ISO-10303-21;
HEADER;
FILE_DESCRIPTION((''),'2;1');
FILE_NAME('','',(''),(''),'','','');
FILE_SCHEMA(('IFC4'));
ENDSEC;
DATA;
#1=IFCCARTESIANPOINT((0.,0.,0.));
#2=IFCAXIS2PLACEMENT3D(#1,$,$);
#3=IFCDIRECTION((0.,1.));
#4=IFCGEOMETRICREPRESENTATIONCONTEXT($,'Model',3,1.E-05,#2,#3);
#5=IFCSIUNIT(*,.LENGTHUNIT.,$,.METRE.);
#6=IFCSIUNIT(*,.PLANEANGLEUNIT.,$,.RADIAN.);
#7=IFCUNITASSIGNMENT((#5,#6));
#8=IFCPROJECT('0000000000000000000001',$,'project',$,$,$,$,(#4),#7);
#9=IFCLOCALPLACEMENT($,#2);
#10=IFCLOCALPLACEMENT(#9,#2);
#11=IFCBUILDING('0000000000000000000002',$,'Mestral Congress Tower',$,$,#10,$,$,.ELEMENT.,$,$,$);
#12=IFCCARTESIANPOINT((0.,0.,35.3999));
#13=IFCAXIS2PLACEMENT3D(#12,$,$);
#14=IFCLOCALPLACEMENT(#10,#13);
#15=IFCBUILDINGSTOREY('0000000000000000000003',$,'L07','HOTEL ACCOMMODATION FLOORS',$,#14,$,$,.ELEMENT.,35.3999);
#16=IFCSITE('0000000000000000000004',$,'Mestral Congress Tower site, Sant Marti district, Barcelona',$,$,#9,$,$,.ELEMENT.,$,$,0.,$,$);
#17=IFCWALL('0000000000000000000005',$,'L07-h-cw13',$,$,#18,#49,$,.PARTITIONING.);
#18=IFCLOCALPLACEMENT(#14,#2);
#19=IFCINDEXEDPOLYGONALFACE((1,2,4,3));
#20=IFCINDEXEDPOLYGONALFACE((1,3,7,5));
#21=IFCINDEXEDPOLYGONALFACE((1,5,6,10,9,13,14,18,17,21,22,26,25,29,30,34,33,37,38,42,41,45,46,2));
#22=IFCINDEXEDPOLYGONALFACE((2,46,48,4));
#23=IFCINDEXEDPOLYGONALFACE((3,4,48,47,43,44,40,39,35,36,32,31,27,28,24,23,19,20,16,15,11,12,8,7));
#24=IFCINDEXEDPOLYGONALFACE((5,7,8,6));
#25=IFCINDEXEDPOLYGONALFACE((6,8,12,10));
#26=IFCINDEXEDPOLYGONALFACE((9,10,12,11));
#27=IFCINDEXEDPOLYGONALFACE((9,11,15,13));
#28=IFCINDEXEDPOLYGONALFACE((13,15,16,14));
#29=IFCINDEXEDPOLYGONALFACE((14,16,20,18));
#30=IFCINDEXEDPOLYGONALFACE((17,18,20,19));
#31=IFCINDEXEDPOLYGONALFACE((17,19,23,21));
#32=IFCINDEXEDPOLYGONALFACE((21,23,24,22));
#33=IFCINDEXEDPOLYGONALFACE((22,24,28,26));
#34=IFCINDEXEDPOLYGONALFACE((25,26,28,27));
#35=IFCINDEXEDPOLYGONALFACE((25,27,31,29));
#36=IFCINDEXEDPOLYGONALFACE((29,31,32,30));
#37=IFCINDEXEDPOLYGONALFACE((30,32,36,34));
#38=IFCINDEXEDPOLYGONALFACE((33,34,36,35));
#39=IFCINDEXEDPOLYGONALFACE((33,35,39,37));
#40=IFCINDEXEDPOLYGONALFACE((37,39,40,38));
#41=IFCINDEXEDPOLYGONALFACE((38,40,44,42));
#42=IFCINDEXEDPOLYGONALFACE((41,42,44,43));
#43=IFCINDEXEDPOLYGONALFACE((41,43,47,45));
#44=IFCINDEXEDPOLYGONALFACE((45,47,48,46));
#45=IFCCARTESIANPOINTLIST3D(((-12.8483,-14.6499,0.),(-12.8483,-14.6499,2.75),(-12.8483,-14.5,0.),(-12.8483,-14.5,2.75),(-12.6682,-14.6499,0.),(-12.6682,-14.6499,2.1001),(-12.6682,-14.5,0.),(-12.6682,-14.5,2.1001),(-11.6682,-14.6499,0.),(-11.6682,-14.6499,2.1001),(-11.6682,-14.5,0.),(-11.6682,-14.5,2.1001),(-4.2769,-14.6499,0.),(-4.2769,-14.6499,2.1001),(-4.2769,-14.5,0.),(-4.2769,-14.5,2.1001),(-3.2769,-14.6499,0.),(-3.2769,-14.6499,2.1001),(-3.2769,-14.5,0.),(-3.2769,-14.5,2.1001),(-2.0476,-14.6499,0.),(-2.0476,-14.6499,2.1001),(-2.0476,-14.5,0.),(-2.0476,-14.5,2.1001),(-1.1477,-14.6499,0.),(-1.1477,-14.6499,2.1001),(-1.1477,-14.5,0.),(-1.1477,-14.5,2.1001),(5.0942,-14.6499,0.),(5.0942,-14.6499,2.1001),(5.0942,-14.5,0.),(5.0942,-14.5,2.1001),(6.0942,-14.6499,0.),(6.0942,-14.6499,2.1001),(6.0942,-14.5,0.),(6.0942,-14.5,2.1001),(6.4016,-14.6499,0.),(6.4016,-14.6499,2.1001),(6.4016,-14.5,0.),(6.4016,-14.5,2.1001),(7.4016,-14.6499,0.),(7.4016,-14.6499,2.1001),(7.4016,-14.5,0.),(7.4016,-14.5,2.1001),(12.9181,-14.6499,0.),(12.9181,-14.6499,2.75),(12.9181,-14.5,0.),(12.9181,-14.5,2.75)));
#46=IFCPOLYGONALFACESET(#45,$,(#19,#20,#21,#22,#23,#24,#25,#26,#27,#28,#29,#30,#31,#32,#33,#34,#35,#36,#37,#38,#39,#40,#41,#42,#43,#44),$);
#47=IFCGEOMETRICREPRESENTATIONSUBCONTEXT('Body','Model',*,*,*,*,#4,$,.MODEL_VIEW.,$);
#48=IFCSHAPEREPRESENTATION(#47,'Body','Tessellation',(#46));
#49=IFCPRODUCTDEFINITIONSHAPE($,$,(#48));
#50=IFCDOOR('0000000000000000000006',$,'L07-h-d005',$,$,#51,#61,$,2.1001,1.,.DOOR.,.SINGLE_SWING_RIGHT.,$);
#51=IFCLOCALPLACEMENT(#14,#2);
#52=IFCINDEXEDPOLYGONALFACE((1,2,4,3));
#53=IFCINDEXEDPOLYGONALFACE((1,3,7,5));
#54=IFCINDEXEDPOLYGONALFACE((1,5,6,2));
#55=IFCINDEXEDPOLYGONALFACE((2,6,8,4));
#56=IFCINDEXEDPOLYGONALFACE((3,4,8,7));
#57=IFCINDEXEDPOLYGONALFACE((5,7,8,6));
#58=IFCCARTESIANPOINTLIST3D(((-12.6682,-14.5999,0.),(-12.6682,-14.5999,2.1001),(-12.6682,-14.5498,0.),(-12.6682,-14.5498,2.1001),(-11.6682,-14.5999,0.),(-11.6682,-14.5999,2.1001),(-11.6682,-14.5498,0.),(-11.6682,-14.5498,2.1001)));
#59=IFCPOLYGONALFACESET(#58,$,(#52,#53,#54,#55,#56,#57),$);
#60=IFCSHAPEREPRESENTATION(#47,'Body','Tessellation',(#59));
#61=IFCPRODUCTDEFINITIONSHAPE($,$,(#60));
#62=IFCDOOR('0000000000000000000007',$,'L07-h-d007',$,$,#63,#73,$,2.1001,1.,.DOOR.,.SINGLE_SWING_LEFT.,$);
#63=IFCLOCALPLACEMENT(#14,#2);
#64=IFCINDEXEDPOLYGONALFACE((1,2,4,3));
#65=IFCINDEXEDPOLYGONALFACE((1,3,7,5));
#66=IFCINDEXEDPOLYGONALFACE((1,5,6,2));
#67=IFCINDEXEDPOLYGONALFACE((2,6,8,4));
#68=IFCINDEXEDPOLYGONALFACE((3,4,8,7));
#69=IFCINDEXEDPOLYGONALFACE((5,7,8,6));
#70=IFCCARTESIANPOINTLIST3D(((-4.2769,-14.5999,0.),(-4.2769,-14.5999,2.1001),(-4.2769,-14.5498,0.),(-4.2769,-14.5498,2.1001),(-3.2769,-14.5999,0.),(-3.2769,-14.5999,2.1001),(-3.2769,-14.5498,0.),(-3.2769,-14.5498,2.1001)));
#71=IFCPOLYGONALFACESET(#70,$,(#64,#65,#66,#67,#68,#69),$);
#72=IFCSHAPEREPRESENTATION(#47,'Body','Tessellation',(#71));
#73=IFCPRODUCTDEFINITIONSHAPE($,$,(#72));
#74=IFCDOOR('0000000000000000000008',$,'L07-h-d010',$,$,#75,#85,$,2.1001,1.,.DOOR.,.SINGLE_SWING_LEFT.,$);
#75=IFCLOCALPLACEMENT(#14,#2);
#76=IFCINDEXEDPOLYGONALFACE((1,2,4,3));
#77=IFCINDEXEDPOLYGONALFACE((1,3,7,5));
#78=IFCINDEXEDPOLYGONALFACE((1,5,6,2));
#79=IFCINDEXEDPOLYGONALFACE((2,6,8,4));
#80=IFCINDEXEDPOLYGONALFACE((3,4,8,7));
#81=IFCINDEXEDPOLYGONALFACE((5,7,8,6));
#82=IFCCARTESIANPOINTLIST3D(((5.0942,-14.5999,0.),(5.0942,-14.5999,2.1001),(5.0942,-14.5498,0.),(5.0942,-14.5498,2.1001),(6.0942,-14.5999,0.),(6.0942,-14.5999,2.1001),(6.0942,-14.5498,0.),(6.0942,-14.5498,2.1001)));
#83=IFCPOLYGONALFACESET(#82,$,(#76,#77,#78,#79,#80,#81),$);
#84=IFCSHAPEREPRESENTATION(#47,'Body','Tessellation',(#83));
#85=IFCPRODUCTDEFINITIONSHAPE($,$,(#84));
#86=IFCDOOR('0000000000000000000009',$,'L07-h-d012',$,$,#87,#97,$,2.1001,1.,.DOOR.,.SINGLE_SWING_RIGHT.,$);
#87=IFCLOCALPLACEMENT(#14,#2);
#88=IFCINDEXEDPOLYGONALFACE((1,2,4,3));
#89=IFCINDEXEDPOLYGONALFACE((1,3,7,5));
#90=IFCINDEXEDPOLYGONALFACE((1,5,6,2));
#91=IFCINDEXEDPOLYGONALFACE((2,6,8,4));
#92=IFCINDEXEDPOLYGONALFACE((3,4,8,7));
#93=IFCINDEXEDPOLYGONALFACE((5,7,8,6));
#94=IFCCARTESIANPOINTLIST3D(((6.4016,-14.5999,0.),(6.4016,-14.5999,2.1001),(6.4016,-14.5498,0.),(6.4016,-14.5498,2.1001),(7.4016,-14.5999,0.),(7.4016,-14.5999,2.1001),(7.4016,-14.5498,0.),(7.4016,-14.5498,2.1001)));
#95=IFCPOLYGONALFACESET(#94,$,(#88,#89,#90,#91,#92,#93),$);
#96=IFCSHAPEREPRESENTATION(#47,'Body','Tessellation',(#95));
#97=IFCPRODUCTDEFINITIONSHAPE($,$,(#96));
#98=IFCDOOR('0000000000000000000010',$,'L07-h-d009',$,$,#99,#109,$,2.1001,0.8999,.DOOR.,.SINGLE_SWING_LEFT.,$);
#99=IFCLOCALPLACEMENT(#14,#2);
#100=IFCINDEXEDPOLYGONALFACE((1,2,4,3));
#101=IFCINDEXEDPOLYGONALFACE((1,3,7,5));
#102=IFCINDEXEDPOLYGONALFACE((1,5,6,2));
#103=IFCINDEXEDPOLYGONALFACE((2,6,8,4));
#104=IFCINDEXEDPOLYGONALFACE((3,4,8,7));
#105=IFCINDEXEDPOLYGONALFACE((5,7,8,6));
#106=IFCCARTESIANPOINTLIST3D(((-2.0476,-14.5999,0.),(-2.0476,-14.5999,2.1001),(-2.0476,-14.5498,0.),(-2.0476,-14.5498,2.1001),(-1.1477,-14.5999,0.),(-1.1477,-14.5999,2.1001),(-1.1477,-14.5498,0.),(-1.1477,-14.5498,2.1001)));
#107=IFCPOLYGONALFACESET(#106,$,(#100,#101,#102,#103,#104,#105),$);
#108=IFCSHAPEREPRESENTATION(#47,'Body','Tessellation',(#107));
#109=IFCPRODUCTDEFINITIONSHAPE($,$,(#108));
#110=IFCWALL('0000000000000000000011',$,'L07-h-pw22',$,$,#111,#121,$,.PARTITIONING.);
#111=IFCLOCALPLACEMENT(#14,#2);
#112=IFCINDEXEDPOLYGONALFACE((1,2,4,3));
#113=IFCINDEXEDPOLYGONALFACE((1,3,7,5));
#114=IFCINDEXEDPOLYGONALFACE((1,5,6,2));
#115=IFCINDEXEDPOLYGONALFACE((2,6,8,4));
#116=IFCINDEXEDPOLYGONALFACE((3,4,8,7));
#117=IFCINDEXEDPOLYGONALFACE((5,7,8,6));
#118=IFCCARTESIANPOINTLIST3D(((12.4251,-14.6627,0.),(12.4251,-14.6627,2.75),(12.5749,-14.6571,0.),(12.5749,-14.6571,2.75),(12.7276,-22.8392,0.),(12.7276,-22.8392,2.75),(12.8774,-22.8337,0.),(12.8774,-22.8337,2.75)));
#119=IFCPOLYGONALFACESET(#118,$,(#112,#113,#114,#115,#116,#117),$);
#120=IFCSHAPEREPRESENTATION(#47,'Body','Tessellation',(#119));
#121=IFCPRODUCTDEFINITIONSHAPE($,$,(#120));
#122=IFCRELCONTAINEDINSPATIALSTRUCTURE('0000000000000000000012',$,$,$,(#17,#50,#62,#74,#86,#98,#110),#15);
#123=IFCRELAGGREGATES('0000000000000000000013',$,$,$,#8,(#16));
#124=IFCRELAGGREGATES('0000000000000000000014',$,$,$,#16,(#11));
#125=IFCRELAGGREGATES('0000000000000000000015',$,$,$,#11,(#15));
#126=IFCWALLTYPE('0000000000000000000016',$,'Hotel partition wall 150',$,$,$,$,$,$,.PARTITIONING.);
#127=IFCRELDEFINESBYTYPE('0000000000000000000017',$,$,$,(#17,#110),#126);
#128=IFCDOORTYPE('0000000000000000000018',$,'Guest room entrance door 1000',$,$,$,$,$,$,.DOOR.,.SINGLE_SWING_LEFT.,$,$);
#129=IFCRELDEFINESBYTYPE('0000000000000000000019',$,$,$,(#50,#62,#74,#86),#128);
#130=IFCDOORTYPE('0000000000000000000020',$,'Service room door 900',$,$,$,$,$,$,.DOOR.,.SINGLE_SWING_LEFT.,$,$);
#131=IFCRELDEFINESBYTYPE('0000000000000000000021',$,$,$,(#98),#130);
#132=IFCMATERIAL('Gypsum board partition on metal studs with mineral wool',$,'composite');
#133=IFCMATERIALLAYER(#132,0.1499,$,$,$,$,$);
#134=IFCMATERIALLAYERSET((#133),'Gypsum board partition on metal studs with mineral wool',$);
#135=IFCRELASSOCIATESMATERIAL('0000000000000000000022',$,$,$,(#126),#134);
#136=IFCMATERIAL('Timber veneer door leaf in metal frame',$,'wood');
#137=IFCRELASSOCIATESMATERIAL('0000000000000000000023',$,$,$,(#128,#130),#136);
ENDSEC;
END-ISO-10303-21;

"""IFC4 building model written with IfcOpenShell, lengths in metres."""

from ifc_helpers import new_model, si_unit, direction, frame, frame_2d, origin, place, context, subcontext, project, spatial, rectangle, extrude, material, layer, layer_set, type_object, element, fill, save


model = new_model("IFC4")

# Units and contexts
model_context = context("Model", 3, precision=1e-05, world=origin(), true_north=direction((0.0, 1.0)))
body_context = subcontext(model_context, "Body", "Model", "MODEL_VIEW")
ifc_project = project(units=[si_unit("LENGTHUNIT", "METRE"), si_unit("PLANEANGLEUNIT", "RADIAN")], contexts=[model_context])

# Site, building, storey
site_placement = place(None, origin())
site = spatial("IfcSite", under=ifc_project, at=site_placement, Name="Mestral Congress Tower site, Sant Marti district, Barcelona", CompositionType="ELEMENT", RefElevation=0.0)
building_placement = place(site_placement, origin())
building = spatial("IfcBuilding", under=site, at=building_placement, Name="Mestral Congress Tower", CompositionType="ELEMENT")
storey_placement = place(building_placement, frame((0.0, 0.0, 35.3999)))
storey = spatial("IfcBuildingStorey", under=building, at=storey_placement, Name="L07", Description="HOTEL ACCOMMODATION FLOORS", CompositionType="ELEMENT", Elevation=35.3999)

# Shared definitions
ifc_material_1 = material(Name="Gypsum board partition on metal studs with mineral wool", Category="composite")

# Wall, openings, doors
ifc_layer_1 = layer(ifc_material_1, 0.1499)
ifc_layer_set_1 = layer_set([ifc_layer_1], Name="Gypsum board partition on metal studs with mineral wool")
wall_type_1 = type_object("IfcWallType", Name="Hotel partition wall 150", PredefinedType="PARTITIONING", material=ifc_layer_set_1)
wall_1_placement = place(storey_placement, frame((12.9182, -14.575, 0.0), z_axis=(0.0, 0.0, 1.0), x_axis=(-1.0, 0.0, 0.0)))
wall_1 = element("IfcWall", 1, at=wall_1_placement, inside=storey, type_object=wall_type_1, Name="L07-h-cw13", PredefinedType="PARTITIONING", context=body_context, shape_type="SweptSolid", body=[
    extrude(rectangle(XDim=25.7664, YDim=0.1499, at=frame_2d((12.8833, 0.0))), origin(), (0.0, 0.0, 1.0), 2.75),
])
opening_1_placement = place(wall_1_placement, frame((24.5864, 0.0, 0.0)))
opening_1 = element("IfcOpeningElement", 2, at=opening_1_placement, cuts=wall_1, PredefinedType="OPENING", context=body_context, shape_type="SweptSolid", body=[
    extrude(rectangle(XDim=1.0, YDim=2.1001, at=frame_2d((0.5, 1.05))), frame((0.0, 0.085, 0.0), z_axis=(0.0, -1.0, 0.0), x_axis=(1.0, 0.0, 0.0)), (0.0, 0.0, 1.0), 0.1699),
])
opening_2_placement = place(wall_1_placement, frame((16.1951, 0.0, 0.0)))
opening_2 = element("IfcOpeningElement", 3, at=opening_2_placement, cuts=wall_1, PredefinedType="OPENING", context=body_context, shape_type="SweptSolid", body=[
    extrude(rectangle(XDim=1.0, YDim=2.1001, at=frame_2d((0.5, 1.05))), frame((0.0, 0.085, 0.0), z_axis=(0.0, -1.0, 0.0), x_axis=(1.0, 0.0, 0.0)), (0.0, 0.0, 1.0), 0.1699),
])
opening_3_placement = place(wall_1_placement, frame((14.0659, 0.0, 0.0)))
opening_3 = element("IfcOpeningElement", 4, at=opening_3_placement, cuts=wall_1, PredefinedType="OPENING", context=body_context, shape_type="SweptSolid", body=[
    extrude(rectangle(XDim=0.8999, YDim=2.1001, at=frame_2d((0.45, 1.05))), frame((0.0, 0.085, 0.0), z_axis=(0.0, -1.0, 0.0), x_axis=(1.0, 0.0, 0.0)), (0.0, 0.0, 1.0), 0.1699),
])
opening_4_placement = place(wall_1_placement, frame((6.824, 0.0, 0.0)))
opening_4 = element("IfcOpeningElement", 5, at=opening_4_placement, cuts=wall_1, PredefinedType="OPENING", context=body_context, shape_type="SweptSolid", body=[
    extrude(rectangle(XDim=1.0, YDim=2.1001, at=frame_2d((0.5, 1.05))), frame((0.0, 0.085, 0.0), z_axis=(0.0, -1.0, 0.0), x_axis=(1.0, 0.0, 0.0)), (0.0, 0.0, 1.0), 0.1699),
])
opening_5_placement = place(wall_1_placement, frame((5.5166, 0.0, 0.0)))
opening_5 = element("IfcOpeningElement", 6, at=opening_5_placement, cuts=wall_1, PredefinedType="OPENING", context=body_context, shape_type="SweptSolid", body=[
    extrude(rectangle(XDim=1.0, YDim=2.1001, at=frame_2d((0.5, 1.05))), frame((0.0, 0.085, 0.0), z_axis=(0.0, -1.0, 0.0), x_axis=(1.0, 0.0, 0.0)), (0.0, 0.0, 1.0), 0.1699),
])
ifc_material_2 = material(Name="Timber veneer door leaf in metal frame", Category="wood")
door_type_1 = type_object("IfcDoorType", Name="Guest room entrance door 1000", OperationType="SINGLE_SWING_LEFT", PredefinedType="DOOR", material=ifc_material_2)
door_1_placement = place(opening_1_placement, origin())
door_1 = element("IfcDoor", 7, at=door_1_placement, inside=storey, type_object=door_type_1, Name="L07-h-d005", OperationType="SINGLE_SWING_RIGHT", OverallHeight=2.1001, OverallWidth=1.0, PredefinedType="DOOR", context=body_context, shape_type="SweptSolid", body=[
    extrude(rectangle(XDim=1.0, YDim=2.1001, at=frame_2d((0.5, 1.05))), frame((0.0, 0.0249, 0.0), z_axis=(0.0, -1.0, 0.0), x_axis=(1.0, 0.0, 0.0)), (0.0, 0.0, 1.0), 0.05),
])
fill(opening_1, door_1)
door_2_placement = place(opening_2_placement, origin())
door_2 = element("IfcDoor", 8, at=door_2_placement, inside=storey, type_object=door_type_1, Name="L07-h-d007", OperationType="SINGLE_SWING_LEFT", OverallHeight=2.1001, OverallWidth=1.0, PredefinedType="DOOR", context=body_context, shape_type="SweptSolid", body=[
    extrude(rectangle(XDim=1.0, YDim=2.1001, at=frame_2d((0.5, 1.05))), frame((0.0, 0.0249, 0.0), z_axis=(0.0, -1.0, 0.0), x_axis=(1.0, 0.0, 0.0)), (0.0, 0.0, 1.0), 0.05),
])
fill(opening_2, door_2)
door_3_placement = place(opening_4_placement, origin())
door_3 = element("IfcDoor", 9, at=door_3_placement, inside=storey, type_object=door_type_1, Name="L07-h-d010", OperationType="SINGLE_SWING_LEFT", OverallHeight=2.1001, OverallWidth=1.0, PredefinedType="DOOR", context=body_context, shape_type="SweptSolid", body=[
    extrude(rectangle(XDim=1.0, YDim=2.1001, at=frame_2d((0.5, 1.05))), frame((0.0, 0.0249, 0.0), z_axis=(0.0, -1.0, 0.0), x_axis=(1.0, 0.0, 0.0)), (0.0, 0.0, 1.0), 0.05),
])
fill(opening_4, door_3)
door_4_placement = place(opening_5_placement, origin())
door_4 = element("IfcDoor", 10, at=door_4_placement, inside=storey, type_object=door_type_1, Name="L07-h-d012", OperationType="SINGLE_SWING_RIGHT", OverallHeight=2.1001, OverallWidth=1.0, PredefinedType="DOOR", context=body_context, shape_type="SweptSolid", body=[
    extrude(rectangle(XDim=1.0, YDim=2.1001, at=frame_2d((0.5, 1.05))), frame((0.0, 0.0249, 0.0), z_axis=(0.0, -1.0, 0.0), x_axis=(1.0, 0.0, 0.0)), (0.0, 0.0, 1.0), 0.05),
])
fill(opening_5, door_4)
door_type_2 = type_object("IfcDoorType", Name="Service room door 900", OperationType="SINGLE_SWING_LEFT", PredefinedType="DOOR", material=ifc_material_2)
door_5_placement = place(opening_3_placement, origin())
door_5 = element("IfcDoor", 11, at=door_5_placement, inside=storey, type_object=door_type_2, Name="L07-h-d009", OperationType="SINGLE_SWING_LEFT", OverallHeight=2.1001, OverallWidth=0.8999, PredefinedType="DOOR", context=body_context, shape_type="SweptSolid", body=[
    extrude(rectangle(XDim=0.8999, YDim=2.1001, at=frame_2d((0.45, 1.05))), frame((0.0, 0.0249, 0.0), z_axis=(0.0, -1.0, 0.0), x_axis=(1.0, 0.0, 0.0)), (0.0, 0.0, 1.0), 0.05),
])
fill(opening_3, door_5)

# Wall
wall_2_placement = place(storey_placement, frame((12.8025, -22.8364, 0.0), z_axis=(0.0, 0.0, 1.0), x_axis=(-0.03697, 0.999316, 0.0)))
element("IfcWall", 12, at=wall_2_placement, inside=storey, type_object=wall_type_1, Name="L07-h-pw22", PredefinedType="PARTITIONING", context=body_context, shape_type="SweptSolid", body=[
    extrude(rectangle(XDim=8.1821, YDim=0.1499, at=frame_2d((4.0911, 0.0))), origin(), (0.0, 0.0, 1.0), 2.75),
])

save(model, "model.ifc")
